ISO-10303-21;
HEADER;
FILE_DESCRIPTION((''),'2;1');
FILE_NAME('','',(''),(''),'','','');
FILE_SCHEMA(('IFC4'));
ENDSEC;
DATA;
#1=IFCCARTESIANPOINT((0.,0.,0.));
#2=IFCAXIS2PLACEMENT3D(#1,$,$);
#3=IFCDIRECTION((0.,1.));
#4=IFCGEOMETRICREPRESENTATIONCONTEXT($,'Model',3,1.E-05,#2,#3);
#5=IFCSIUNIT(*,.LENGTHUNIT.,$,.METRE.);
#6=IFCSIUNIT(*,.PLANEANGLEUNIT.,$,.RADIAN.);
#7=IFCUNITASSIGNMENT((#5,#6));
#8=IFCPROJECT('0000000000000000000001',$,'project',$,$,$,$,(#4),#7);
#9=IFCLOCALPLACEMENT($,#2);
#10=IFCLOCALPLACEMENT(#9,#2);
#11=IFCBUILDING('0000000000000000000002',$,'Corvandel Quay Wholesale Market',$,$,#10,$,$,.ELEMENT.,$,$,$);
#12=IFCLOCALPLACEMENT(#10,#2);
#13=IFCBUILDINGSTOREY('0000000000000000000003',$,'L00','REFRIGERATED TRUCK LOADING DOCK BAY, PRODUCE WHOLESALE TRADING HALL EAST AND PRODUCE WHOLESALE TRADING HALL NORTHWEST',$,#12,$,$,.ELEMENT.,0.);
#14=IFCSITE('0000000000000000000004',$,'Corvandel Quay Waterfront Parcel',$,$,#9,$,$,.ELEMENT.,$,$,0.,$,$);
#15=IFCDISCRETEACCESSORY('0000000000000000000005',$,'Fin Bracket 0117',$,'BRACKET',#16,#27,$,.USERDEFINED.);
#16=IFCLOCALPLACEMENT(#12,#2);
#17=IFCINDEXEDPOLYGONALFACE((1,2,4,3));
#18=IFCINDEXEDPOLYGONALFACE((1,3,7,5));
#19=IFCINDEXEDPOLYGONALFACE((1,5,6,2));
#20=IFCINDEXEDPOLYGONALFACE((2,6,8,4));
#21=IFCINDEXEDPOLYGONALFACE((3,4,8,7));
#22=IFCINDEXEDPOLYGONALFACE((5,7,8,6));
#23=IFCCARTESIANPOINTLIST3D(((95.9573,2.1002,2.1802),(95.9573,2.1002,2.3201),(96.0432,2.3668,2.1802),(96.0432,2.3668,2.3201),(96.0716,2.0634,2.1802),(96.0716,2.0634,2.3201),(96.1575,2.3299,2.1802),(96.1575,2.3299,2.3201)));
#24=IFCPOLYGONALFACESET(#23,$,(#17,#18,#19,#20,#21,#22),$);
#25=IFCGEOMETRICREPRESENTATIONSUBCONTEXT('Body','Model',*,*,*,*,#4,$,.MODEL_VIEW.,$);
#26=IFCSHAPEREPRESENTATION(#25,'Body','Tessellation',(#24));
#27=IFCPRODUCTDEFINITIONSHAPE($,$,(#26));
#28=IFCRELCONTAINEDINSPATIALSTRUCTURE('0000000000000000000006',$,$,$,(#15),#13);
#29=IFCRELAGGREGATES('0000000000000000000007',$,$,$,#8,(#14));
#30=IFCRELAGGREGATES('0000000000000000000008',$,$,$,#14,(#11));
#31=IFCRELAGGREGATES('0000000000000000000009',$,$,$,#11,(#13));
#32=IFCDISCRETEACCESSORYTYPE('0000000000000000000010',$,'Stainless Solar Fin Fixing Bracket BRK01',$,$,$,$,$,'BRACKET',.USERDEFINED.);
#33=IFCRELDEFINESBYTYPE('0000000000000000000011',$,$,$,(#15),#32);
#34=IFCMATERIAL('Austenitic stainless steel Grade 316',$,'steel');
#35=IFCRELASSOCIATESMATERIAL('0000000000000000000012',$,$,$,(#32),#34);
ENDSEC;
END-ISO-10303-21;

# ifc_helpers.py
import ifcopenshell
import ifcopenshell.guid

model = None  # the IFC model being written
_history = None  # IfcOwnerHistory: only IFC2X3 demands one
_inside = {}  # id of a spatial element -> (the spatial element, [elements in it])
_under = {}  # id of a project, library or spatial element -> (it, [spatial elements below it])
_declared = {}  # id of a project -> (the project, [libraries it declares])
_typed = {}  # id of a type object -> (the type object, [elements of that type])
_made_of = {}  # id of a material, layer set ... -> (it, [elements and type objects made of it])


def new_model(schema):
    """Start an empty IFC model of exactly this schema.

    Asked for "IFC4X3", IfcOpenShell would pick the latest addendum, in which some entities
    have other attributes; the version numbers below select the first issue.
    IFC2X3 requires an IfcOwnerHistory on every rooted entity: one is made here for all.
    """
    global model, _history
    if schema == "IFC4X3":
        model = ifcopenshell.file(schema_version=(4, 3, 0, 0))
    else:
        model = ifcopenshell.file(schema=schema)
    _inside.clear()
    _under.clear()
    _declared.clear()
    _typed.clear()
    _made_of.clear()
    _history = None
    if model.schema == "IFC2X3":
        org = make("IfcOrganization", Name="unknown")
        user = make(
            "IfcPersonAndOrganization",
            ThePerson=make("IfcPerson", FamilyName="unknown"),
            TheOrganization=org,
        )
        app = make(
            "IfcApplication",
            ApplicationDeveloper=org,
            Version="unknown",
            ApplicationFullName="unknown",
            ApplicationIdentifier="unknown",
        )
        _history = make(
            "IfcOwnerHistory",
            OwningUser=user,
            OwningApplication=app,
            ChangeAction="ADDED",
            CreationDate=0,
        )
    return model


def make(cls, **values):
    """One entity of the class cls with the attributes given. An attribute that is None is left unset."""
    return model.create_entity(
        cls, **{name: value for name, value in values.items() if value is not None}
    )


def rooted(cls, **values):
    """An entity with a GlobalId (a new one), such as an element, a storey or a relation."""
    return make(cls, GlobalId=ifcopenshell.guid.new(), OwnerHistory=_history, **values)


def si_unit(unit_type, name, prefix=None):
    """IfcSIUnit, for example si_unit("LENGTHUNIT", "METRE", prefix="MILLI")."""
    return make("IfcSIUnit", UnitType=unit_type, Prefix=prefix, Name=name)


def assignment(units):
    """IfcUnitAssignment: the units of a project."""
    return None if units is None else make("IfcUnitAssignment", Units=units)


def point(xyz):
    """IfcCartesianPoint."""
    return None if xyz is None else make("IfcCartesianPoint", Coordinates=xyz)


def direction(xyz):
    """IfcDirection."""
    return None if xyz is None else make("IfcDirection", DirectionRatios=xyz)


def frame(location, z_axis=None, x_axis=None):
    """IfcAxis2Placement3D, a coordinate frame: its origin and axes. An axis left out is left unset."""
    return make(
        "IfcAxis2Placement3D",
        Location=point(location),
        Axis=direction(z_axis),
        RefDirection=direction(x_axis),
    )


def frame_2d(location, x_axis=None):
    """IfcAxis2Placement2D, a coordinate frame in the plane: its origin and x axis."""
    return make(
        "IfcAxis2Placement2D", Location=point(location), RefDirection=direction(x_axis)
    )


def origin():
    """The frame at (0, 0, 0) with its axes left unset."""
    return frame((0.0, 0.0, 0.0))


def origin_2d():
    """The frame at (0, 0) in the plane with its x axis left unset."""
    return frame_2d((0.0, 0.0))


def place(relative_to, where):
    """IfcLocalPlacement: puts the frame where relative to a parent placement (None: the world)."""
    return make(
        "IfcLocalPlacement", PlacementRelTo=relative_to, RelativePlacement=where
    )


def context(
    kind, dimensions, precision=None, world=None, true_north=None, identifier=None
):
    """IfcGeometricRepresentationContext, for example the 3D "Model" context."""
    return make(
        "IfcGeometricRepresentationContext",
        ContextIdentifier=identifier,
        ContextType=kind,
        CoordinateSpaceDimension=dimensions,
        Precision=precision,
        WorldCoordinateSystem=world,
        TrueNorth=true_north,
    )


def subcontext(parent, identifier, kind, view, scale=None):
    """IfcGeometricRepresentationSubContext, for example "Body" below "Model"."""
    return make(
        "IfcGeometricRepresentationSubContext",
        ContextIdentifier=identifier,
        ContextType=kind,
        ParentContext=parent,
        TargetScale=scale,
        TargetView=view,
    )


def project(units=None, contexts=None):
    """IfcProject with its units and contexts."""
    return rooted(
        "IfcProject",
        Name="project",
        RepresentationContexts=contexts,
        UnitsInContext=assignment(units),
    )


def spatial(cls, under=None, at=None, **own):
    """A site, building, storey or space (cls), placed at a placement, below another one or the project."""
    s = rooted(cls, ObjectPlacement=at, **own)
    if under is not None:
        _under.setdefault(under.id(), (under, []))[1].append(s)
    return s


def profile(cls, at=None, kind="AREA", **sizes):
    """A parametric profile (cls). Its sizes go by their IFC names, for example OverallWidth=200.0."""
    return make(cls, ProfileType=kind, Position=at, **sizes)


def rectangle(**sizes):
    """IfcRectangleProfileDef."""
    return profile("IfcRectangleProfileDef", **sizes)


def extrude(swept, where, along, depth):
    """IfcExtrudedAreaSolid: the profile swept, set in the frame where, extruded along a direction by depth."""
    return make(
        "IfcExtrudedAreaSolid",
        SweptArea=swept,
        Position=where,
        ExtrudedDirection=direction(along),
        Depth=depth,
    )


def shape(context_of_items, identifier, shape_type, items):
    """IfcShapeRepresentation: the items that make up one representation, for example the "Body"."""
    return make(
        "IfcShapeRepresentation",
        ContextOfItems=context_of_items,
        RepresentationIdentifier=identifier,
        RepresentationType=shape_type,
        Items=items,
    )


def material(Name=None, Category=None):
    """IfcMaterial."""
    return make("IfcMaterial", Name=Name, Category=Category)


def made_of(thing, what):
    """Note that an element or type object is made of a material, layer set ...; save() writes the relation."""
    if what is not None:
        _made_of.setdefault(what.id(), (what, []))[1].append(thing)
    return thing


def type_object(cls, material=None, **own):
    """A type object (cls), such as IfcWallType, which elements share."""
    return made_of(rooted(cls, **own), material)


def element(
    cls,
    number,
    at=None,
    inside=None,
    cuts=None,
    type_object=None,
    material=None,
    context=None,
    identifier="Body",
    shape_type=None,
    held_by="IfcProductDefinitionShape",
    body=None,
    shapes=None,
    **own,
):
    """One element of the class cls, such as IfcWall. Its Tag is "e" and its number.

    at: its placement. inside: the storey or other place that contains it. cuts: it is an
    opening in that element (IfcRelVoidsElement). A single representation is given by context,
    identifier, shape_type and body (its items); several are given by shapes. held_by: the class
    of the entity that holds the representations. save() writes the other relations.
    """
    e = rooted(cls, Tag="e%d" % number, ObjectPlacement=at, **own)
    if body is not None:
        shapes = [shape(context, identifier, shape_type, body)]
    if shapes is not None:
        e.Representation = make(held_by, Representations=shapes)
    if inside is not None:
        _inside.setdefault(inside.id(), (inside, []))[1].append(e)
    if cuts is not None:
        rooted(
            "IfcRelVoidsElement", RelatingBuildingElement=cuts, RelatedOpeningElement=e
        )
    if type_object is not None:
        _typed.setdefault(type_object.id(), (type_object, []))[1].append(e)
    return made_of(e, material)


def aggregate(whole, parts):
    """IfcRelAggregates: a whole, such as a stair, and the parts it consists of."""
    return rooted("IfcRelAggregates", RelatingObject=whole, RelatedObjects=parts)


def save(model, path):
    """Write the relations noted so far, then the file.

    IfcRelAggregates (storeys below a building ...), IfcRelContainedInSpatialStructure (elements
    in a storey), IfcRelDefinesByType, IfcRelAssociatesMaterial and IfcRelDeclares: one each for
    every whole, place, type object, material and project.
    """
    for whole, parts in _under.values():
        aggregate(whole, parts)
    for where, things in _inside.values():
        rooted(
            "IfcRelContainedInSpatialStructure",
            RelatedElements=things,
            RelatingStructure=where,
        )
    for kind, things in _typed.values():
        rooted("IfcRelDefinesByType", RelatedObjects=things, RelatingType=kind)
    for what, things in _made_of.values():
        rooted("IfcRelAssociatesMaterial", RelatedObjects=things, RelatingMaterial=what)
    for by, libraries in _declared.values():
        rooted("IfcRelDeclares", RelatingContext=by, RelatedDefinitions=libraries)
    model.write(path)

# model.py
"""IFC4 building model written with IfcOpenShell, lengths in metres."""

from ifc_helpers import new_model, si_unit, direction, frame, origin, origin_2d, place, context, subcontext, project, spatial, rectangle, extrude, material, type_object, element, save


model = new_model("IFC4")

# Units and contexts
model_context = context("Model", 3, precision=1e-05, world=origin(), true_north=direction((0.0, 1.0)))
body_context = subcontext(model_context, "Body", "Model", "MODEL_VIEW")
ifc_project = project(units=[si_unit("LENGTHUNIT", "METRE"), si_unit("PLANEANGLEUNIT", "RADIAN")], contexts=[model_context])

# Site, building, storey
site_placement = place(None, origin())
site = spatial("IfcSite", under=ifc_project, at=site_placement, Name="Corvandel Quay Waterfront Parcel", CompositionType="ELEMENT", RefElevation=0.0)
building_placement = place(site_placement, origin())
building = spatial("IfcBuilding", under=site, at=building_placement, Name="Corvandel Quay Wholesale Market", CompositionType="ELEMENT")
storey_placement = place(building_placement, origin())
storey = spatial("IfcBuildingStorey", under=building, at=storey_placement, Name="L00", Description="REFRIGERATED TRUCK LOADING DOCK BAY, PRODUCE WHOLESALE TRADING HALL EAST AND PRODUCE WHOLESALE TRADING HALL NORTHWEST", CompositionType="ELEMENT", Elevation=0.0)

# Discrete accessory
ifc_material_1 = material(Name="Austenitic stainless steel Grade 316", Category="steel")
discrete_accessory_type = type_object("IfcDiscreteAccessoryType", Name="Stainless Solar Fin Fixing Bracket BRK01", ElementType="BRACKET", PredefinedType="USERDEFINED", material=ifc_material_1)
discrete_accessory_placement = place(storey_placement, frame((96.0574, 2.2151, 2.1802), z_axis=(0.0, 0.0, 1.0), x_axis=(0.306692, 0.951809, 0.0)))
element("IfcDiscreteAccessory", 1, at=discrete_accessory_placement, inside=storey, type_object=discrete_accessory_type, Name="Fin Bracket 0117", ObjectType="BRACKET", PredefinedType="USERDEFINED", context=body_context, shape_type="SweptSolid", body=[
    extrude(rectangle(XDim=0.28, YDim=0.1201, at=origin_2d()), origin(), (0.0, 0.0, 1.0), 0.1399),
])

save(model, "model.ifc")
